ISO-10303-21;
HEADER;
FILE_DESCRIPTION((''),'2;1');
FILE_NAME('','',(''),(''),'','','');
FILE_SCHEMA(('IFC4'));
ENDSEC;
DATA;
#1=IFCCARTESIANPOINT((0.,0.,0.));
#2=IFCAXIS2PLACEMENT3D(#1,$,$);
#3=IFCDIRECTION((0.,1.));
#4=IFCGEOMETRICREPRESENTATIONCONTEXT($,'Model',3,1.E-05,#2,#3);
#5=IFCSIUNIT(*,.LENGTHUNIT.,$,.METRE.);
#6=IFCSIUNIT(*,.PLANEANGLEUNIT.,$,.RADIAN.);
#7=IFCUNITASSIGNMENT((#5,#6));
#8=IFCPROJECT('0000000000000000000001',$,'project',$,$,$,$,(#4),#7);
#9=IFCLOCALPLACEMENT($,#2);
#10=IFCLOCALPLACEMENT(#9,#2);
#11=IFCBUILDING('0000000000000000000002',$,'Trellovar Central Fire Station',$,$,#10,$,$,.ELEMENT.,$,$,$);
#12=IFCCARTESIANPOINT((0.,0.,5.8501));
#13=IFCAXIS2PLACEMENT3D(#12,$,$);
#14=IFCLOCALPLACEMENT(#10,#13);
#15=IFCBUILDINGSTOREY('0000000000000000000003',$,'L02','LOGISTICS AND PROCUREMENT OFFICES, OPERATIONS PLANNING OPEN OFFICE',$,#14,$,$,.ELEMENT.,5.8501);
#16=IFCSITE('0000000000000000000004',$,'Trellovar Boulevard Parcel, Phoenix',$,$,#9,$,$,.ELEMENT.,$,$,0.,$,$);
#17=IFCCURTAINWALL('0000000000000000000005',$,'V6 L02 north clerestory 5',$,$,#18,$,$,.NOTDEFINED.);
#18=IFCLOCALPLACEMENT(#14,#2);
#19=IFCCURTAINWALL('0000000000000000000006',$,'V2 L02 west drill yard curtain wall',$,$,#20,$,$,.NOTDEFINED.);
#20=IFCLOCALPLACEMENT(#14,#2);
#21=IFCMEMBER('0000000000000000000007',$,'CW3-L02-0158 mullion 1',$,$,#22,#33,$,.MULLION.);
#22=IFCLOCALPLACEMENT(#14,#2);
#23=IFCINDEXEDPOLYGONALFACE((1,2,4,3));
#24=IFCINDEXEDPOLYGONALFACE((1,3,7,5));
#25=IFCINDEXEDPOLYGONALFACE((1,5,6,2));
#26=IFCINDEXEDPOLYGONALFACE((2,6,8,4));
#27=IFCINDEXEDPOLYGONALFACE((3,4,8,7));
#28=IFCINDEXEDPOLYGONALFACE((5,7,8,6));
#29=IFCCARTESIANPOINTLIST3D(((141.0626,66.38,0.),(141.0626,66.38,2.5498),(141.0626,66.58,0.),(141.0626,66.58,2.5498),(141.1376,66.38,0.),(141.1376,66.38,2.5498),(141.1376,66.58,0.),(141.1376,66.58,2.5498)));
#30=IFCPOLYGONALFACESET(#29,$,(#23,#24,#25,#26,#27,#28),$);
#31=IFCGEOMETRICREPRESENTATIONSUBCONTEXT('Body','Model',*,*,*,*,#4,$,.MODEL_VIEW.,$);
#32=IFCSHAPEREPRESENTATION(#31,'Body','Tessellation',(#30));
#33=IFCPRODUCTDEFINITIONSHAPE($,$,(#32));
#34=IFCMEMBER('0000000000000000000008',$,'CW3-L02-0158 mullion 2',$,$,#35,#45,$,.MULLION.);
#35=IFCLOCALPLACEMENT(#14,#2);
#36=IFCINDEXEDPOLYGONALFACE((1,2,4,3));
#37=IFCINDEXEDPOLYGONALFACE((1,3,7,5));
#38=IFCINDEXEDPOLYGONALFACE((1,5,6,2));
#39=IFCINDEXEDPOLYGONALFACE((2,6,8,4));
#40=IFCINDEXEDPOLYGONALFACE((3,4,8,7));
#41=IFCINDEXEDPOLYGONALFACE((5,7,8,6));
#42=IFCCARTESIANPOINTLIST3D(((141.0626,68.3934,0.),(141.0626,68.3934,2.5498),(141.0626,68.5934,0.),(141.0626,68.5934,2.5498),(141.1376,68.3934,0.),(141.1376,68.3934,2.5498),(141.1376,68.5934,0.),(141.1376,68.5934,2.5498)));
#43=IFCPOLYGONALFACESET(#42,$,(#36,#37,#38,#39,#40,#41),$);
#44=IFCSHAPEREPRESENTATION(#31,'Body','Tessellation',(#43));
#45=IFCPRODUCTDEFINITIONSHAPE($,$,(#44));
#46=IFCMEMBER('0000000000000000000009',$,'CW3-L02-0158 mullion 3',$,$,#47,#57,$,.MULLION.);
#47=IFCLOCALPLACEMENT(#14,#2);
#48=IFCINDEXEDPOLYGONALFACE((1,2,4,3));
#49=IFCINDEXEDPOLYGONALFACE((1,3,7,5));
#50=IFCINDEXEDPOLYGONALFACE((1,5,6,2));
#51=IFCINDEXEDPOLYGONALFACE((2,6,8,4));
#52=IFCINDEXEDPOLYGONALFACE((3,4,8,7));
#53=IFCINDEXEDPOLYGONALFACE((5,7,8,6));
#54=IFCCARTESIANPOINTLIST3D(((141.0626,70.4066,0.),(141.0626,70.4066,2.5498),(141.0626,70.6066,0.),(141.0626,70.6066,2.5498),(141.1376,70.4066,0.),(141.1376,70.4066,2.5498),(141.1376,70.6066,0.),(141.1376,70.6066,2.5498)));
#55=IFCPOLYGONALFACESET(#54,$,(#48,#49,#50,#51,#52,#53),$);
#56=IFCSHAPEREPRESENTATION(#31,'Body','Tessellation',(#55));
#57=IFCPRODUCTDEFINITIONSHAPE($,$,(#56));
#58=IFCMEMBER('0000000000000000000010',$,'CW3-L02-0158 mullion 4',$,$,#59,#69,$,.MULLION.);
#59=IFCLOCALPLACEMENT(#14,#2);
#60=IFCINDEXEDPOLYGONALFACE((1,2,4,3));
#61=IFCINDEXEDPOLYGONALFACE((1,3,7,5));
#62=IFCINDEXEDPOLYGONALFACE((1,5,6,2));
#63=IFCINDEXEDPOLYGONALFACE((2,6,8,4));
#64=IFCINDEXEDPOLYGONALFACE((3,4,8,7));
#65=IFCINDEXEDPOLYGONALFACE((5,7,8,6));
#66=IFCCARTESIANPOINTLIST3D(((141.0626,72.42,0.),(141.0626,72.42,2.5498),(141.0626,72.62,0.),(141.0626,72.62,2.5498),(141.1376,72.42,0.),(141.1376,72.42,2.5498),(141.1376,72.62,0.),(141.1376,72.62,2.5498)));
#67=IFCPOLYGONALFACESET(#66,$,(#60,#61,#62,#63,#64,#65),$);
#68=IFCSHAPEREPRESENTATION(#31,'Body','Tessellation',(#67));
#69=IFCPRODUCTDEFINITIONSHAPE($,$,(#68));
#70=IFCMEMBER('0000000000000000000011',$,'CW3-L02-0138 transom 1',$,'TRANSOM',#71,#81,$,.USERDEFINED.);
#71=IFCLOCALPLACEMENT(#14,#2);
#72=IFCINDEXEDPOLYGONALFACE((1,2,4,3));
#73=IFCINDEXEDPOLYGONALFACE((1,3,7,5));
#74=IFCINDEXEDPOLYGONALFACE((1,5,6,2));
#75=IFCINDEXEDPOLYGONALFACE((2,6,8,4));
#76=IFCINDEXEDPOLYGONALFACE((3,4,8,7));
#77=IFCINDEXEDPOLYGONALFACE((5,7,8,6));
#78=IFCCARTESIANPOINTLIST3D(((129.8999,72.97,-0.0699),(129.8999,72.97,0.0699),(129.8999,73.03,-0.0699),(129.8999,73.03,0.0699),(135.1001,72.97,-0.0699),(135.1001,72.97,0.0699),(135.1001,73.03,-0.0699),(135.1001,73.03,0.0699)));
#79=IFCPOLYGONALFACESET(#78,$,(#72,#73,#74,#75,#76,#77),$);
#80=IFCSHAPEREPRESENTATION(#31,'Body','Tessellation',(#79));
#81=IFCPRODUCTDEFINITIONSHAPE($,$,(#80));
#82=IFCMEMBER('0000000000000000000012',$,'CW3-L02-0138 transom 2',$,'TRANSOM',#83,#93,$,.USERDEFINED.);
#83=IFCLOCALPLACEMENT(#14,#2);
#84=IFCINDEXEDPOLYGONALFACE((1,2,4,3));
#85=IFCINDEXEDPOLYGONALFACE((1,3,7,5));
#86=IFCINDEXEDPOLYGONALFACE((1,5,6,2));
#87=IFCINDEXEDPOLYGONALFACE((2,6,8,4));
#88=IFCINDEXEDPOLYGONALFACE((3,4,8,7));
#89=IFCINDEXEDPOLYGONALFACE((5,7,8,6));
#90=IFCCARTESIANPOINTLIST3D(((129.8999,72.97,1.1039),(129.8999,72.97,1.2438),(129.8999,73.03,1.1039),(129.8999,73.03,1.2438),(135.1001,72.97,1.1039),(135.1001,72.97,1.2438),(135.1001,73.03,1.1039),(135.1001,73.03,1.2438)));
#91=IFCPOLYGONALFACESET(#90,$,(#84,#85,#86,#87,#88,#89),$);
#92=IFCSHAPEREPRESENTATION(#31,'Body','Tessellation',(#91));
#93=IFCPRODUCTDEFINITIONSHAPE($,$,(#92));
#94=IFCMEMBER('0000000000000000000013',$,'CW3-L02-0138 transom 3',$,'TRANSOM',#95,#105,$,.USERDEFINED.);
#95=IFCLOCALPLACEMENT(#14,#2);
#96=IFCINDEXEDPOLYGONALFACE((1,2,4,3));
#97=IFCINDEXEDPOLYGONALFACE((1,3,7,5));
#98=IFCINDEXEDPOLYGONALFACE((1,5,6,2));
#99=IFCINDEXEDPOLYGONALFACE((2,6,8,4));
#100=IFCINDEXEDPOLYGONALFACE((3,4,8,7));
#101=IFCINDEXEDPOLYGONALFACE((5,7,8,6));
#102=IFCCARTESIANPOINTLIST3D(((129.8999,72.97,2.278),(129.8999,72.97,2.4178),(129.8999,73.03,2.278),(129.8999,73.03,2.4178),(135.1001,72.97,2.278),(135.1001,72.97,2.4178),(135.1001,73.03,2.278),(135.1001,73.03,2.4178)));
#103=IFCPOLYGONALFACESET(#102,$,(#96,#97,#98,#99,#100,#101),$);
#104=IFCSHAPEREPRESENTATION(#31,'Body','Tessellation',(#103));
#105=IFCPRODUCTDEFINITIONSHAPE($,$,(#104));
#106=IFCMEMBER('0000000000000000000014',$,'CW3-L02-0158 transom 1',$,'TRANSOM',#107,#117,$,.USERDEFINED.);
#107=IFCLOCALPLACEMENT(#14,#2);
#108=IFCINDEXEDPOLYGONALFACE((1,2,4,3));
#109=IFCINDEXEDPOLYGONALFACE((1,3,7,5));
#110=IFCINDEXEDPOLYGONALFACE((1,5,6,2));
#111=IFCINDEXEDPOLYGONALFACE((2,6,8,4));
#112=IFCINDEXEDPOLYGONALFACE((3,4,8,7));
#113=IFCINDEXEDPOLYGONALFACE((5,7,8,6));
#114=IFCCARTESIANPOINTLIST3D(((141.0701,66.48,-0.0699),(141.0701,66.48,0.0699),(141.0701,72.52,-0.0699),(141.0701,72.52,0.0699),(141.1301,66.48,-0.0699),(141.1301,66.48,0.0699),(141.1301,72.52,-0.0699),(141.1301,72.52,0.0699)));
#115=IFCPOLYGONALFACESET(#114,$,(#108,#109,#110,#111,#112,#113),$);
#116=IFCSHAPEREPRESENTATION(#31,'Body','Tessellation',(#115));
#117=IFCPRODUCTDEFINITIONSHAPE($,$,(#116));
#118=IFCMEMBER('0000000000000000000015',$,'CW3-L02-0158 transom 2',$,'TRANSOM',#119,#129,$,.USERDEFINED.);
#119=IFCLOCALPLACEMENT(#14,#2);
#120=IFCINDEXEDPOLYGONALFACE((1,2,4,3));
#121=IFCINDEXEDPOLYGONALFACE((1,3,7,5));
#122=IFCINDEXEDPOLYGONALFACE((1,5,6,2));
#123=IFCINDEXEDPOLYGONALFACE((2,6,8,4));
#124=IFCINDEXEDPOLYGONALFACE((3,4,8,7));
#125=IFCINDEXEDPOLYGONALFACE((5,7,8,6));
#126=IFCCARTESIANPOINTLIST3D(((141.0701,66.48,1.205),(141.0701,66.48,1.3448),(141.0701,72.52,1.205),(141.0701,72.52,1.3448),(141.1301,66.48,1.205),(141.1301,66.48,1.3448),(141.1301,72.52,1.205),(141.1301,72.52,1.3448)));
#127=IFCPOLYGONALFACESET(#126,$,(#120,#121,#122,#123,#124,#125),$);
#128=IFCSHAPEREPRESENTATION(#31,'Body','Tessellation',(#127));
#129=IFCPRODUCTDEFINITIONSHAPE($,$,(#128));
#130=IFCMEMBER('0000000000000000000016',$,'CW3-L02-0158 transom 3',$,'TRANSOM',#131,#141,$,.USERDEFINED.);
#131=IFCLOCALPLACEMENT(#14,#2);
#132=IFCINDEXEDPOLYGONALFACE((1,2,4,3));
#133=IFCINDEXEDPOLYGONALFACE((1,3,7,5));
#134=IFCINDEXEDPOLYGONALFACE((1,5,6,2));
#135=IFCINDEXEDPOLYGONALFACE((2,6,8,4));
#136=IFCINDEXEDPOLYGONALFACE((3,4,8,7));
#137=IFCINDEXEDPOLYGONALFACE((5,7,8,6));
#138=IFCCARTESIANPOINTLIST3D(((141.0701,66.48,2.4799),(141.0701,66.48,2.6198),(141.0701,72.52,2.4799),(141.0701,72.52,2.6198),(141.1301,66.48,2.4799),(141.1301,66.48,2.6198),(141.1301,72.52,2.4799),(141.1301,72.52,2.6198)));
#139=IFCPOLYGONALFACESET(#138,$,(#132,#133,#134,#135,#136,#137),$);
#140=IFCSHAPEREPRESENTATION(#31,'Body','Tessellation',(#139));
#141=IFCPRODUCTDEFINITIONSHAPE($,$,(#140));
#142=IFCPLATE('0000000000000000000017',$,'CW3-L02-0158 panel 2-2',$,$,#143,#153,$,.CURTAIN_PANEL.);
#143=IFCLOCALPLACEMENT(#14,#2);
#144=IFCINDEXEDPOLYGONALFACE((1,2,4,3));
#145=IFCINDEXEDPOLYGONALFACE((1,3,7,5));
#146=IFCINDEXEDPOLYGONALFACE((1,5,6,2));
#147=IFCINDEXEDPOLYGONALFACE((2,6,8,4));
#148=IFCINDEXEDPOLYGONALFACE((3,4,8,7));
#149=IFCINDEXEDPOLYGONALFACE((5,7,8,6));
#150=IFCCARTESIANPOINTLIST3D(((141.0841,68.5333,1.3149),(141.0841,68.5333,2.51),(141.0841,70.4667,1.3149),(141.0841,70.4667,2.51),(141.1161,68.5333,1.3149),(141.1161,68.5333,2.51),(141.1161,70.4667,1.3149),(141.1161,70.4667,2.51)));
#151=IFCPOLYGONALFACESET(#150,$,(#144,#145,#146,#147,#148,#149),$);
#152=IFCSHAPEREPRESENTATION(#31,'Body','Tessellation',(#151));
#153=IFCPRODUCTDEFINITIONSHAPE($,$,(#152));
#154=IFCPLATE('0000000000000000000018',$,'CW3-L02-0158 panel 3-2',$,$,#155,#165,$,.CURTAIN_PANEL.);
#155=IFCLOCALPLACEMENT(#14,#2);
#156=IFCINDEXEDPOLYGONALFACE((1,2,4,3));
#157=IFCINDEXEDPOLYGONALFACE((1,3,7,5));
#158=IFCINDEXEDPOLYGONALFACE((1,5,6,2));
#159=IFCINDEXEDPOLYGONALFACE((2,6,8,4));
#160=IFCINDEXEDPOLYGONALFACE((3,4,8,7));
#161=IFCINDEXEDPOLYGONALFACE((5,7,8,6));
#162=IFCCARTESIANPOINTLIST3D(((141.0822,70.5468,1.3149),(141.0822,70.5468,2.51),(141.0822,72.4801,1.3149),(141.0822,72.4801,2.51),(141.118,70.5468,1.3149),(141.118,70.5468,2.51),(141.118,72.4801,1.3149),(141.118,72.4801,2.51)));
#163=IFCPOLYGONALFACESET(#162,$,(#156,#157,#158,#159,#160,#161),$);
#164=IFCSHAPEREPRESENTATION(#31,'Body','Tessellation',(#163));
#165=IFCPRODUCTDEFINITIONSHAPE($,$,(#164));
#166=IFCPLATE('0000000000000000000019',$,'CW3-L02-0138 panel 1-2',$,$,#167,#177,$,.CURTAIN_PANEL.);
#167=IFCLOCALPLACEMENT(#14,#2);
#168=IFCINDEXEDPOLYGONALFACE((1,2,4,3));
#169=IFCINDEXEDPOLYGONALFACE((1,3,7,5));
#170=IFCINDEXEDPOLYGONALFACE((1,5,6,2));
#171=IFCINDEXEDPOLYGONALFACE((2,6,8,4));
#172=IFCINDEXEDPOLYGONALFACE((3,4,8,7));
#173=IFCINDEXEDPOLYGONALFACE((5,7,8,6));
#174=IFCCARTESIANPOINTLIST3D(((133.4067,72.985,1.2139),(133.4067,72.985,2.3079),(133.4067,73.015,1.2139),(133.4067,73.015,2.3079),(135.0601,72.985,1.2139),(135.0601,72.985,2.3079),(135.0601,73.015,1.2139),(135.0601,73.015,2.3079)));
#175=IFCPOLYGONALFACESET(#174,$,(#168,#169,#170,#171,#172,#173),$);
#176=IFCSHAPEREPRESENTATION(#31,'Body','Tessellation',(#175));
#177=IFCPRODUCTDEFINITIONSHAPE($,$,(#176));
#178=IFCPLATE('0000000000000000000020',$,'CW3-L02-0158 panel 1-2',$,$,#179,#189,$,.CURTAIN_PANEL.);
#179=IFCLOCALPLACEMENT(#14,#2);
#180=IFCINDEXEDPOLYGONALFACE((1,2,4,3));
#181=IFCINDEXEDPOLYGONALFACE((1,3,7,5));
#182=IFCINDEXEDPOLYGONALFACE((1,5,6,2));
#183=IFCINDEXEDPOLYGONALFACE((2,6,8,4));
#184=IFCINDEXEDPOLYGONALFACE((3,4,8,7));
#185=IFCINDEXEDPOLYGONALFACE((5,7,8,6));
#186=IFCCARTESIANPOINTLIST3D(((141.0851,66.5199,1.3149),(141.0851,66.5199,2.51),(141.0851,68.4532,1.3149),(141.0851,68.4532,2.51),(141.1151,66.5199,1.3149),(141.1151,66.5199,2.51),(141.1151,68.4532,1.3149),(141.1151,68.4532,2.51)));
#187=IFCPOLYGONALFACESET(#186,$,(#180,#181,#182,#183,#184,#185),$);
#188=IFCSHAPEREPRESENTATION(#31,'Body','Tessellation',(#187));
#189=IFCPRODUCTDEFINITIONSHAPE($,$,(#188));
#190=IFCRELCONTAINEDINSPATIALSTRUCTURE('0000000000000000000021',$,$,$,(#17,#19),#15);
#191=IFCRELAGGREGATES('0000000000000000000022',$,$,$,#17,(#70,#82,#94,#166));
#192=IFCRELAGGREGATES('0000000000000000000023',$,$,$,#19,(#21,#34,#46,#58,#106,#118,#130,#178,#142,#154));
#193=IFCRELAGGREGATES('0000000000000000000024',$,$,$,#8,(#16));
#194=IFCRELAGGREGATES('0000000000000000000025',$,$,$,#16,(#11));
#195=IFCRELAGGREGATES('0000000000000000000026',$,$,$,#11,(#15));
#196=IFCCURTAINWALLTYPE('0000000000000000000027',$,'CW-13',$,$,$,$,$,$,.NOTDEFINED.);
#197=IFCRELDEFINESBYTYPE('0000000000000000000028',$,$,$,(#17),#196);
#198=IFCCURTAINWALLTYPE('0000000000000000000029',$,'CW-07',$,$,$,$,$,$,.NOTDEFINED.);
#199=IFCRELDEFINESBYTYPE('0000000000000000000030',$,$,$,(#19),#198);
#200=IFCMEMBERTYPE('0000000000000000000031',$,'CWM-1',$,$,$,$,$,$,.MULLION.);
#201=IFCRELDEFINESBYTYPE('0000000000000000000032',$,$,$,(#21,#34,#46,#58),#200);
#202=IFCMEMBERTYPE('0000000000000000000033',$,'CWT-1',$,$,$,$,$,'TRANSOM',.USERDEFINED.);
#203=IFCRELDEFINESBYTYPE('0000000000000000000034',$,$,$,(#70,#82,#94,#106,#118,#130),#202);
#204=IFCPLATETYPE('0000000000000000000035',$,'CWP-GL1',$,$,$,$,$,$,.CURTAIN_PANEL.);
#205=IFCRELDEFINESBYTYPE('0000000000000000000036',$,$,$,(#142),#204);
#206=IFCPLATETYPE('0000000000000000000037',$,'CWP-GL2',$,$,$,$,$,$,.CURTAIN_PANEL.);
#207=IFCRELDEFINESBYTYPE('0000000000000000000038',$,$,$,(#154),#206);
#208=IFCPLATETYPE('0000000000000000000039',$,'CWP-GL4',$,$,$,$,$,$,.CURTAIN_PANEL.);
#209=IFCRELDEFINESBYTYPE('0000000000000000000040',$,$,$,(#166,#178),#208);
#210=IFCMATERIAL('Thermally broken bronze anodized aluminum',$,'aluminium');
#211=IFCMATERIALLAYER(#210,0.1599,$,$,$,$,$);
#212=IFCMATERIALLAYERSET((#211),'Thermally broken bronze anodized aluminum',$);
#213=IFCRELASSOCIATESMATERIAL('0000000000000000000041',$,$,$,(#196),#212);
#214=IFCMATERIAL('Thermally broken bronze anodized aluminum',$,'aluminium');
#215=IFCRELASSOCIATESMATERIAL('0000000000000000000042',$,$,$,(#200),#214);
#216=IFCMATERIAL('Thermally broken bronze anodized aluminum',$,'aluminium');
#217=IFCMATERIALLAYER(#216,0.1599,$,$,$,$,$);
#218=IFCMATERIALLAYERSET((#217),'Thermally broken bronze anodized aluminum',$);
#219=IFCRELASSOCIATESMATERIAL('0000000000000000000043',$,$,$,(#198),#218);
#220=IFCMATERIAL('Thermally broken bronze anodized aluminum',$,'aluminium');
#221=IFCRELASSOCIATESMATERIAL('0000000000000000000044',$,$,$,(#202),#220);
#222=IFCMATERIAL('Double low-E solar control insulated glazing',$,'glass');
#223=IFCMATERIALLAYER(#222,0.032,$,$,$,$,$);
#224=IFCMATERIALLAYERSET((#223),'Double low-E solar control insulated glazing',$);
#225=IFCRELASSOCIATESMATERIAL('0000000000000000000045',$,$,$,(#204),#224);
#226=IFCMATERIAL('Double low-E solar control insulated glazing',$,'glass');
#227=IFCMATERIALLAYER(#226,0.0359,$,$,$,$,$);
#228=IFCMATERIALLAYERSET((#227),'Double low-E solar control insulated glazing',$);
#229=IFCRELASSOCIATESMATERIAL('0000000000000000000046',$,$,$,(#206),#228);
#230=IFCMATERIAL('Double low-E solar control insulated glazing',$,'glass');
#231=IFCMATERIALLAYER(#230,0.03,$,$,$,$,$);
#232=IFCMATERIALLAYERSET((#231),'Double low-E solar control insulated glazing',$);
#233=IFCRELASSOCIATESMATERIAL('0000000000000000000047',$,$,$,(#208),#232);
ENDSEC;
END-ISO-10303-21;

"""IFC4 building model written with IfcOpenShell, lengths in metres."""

from ifc_helpers import new_model, si_unit, direction, frame, origin, origin_2d, place, context, subcontext, project, spatial, rectangle, extrude, material, layer, layer_set, material_profile, profile_set, type_object, element, aggregate, save


model = new_model("IFC4")

# Units and contexts
model_context = context("Model", 3, precision=1e-05, world=origin(), true_north=direction((0.0, 1.0)))
body_context = subcontext(model_context, "Body", "Model", "MODEL_VIEW")
ifc_project = project(units=[si_unit("LENGTHUNIT", "METRE"), si_unit("PLANEANGLEUNIT", "RADIAN")], contexts=[model_context])

# Site, building, storey
site_placement = place(None, origin())
site = spatial("IfcSite", under=ifc_project, at=site_placement, Name="Trellovar Boulevard Parcel, Phoenix", CompositionType="ELEMENT", RefElevation=0.0)
building_placement = place(site_placement, origin())
building = spatial("IfcBuilding", under=site, at=building_placement, Name="Trellovar Central Fire Station", CompositionType="ELEMENT")
storey_placement = place(building_placement, frame((0.0, 0.0, 5.8501)))
storey = spatial("IfcBuildingStorey", under=building, at=storey_placement, Name="L02", Description="LOGISTICS AND PROCUREMENT OFFICES, OPERATIONS PLANNING OPEN OFFICE", CompositionType="ELEMENT", Elevation=5.8501)

# Curtain walls, members
ifc_material_1 = material(Name="Thermally broken bronze anodized aluminum", Category="aluminium")
ifc_layer_1 = layer(ifc_material_1, 0.1599)
ifc_layer_set_1 = layer_set([ifc_layer_1], Name="Thermally broken bronze anodized aluminum")
curtain_wall_type_1 = type_object("IfcCurtainWallType", Name="CW-13", PredefinedType="NOTDEFINED", material=ifc_layer_set_1)
curtain_wall_1_placement = place(storey_placement, origin())
curtain_wall_1 = element("IfcCurtainWall", 1, at=curtain_wall_1_placement, inside=storey, type_object=curtain_wall_type_1, Name="V6 L02 north clerestory 5", PredefinedType="NOTDEFINED")
ifc_material_2 = material(Name="Thermally broken bronze anodized aluminum", Category="aluminium")
ifc_material_profile_1 = material_profile(ifc_material_2, rectangle(XDim=0.075, YDim=0.2, at=origin_2d()), Name="ALU75X200")
ifc_profile_set_1 = profile_set([ifc_material_profile_1], Name="Thermally broken bronze anodized aluminum")
member_type_1 = type_object("IfcMemberType", Name="CWM-1", PredefinedType="MULLION", material=ifc_profile_set_1)
ifc_material_3 = material(Name="Thermally broken bronze anodized aluminum", Category="aluminium")
ifc_layer_2 = layer(ifc_material_3, 0.1599)
ifc_layer_set_2 = layer_set([ifc_layer_2], Name="Thermally broken bronze anodized aluminum")
curtain_wall_type_2 = type_object("IfcCurtainWallType", Name="CW-07", PredefinedType="NOTDEFINED", material=ifc_layer_set_2)
curtain_wall_2_placement = place(storey_placement, origin())
curtain_wall_2 = element("IfcCurtainWall", 2, at=curtain_wall_2_placement, inside=storey, type_object=curtain_wall_type_2, Name="V2 L02 west drill yard curtain wall", PredefinedType="NOTDEFINED")
member_1_placement = place(storey_placement, frame((141.1001, 66.48, 0.0), z_axis=(0.0, 0.0, 1.0), x_axis=(1.0, 0.0, 0.0)))
member_1 = element("IfcMember", 3, at=member_1_placement, type_object=member_type_1, Name="CW3-L02-0158 mullion 1", PredefinedType="MULLION", context=body_context, shape_type="SweptSolid", body=[
    extrude(rectangle(XDim=0.075, YDim=0.2, at=origin_2d()), origin(), (0.0, 0.0, 1.0), 2.5498),
])
member_2_placement = place(storey_placement, frame((141.1001, 68.4934, 0.0), z_axis=(0.0, 0.0, 1.0), x_axis=(1.0, 0.0, 0.0)))
member_2 = element("IfcMember", 4, at=member_2_placement, type_object=member_type_1, Name="CW3-L02-0158 mullion 2", PredefinedType="MULLION", context=body_context, shape_type="SweptSolid", body=[
    extrude(rectangle(XDim=0.075, YDim=0.2, at=origin_2d()), origin(), (0.0, 0.0, 1.0), 2.5498),
])
member_3_placement = place(storey_placement, frame((141.1001, 70.5066, 0.0), z_axis=(0.0, 0.0, 1.0), x_axis=(1.0, 0.0, 0.0)))
member_3 = element("IfcMember", 5, at=member_3_placement, type_object=member_type_1, Name="CW3-L02-0158 mullion 3", PredefinedType="MULLION", context=body_context, shape_type="SweptSolid", body=[
    extrude(rectangle(XDim=0.075, YDim=0.2, at=origin_2d()), origin(), (0.0, 0.0, 1.0), 2.5498),
])
member_4_placement = place(storey_placement, frame((141.1001, 72.52, 0.0), z_axis=(0.0, 0.0, 1.0), x_axis=(1.0, 0.0, 0.0)))
member_4 = element("IfcMember", 6, at=member_4_placement, type_object=member_type_1, Name="CW3-L02-0158 mullion 4", PredefinedType="MULLION", context=body_context, shape_type="SweptSolid", body=[
    extrude(rectangle(XDim=0.075, YDim=0.2, at=origin_2d()), origin(), (0.0, 0.0, 1.0), 2.5498),
])

# Members
ifc_material_4 = material(Name="Thermally broken bronze anodized aluminum", Category="aluminium")
ifc_material_profile_2 = material_profile(ifc_material_4, rectangle(XDim=0.0601, YDim=0.1399, at=origin_2d()), Name="ALU60X140")
ifc_profile_set_2 = profile_set([ifc_material_profile_2], Name="Thermally broken bronze anodized aluminum")
member_type_2 = type_object("IfcMemberType", Name="CWT-1", ElementType="TRANSOM", PredefinedType="USERDEFINED", material=ifc_profile_set_2)
member_5_placement = place(storey_placement, frame((135.1001, 73.0, 0.0), z_axis=(-1.0, 0.0, 0.0), x_axis=(0.0, -1.0, 0.0)))
member_5 = element("IfcMember", 7, at=member_5_placement, type_object=member_type_2, Name="CW3-L02-0138 transom 1", ObjectType="TRANSOM", PredefinedType="USERDEFINED", context=body_context, shape_type="SweptSolid", body=[
    extrude(rectangle(XDim=0.0601, YDim=0.1399, at=origin_2d()), origin(), (0.0, 0.0, 1.0), 5.2002),
])
member_6_placement = place(storey_placement, frame((135.1001, 73.0, 1.1738), z_axis=(-1.0, 0.0, 0.0), x_axis=(0.0, -1.0, 0.0)))
member_6 = element("IfcMember", 8, at=member_6_placement, type_object=member_type_2, Name="CW3-L02-0138 transom 2", ObjectType="TRANSOM", PredefinedType="USERDEFINED", context=body_context, shape_type="SweptSolid", body=[
    extrude(rectangle(XDim=0.0601, YDim=0.1399, at=origin_2d()), origin(), (0.0, 0.0, 1.0), 5.2002),
])
member_7_placement = place(storey_placement, frame((135.1001, 73.0, 2.3479), z_axis=(-1.0, 0.0, 0.0), x_axis=(0.0, -1.0, 0.0)))
member_7 = element("IfcMember", 9, at=member_7_placement, type_object=member_type_2, Name="CW3-L02-0138 transom 3", ObjectType="TRANSOM", PredefinedType="USERDEFINED", context=body_context, shape_type="SweptSolid", body=[
    extrude(rectangle(XDim=0.0601, YDim=0.1399, at=origin_2d()), origin(), (0.0, 0.0, 1.0), 5.2002),
])
member_8_placement = place(storey_placement, frame((141.1001, 66.48, 0.0), z_axis=(0.0, 1.0, 0.0), x_axis=(-1.0, 0.0, 0.0)))
member_8 = element("IfcMember", 10, at=member_8_placement, type_object=member_type_2, Name="CW3-L02-0158 transom 1", ObjectType="TRANSOM", PredefinedType="USERDEFINED", context=body_context, shape_type="SweptSolid", body=[
    extrude(rectangle(XDim=0.0601, YDim=0.1399, at=origin_2d()), origin(), (0.0, 0.0, 1.0), 6.04),
])
member_9_placement = place(storey_placement, frame((141.1001, 66.48, 1.2749), z_axis=(0.0, 1.0, 0.0), x_axis=(-1.0, 0.0, 0.0)))
member_9 = element("IfcMember", 11, at=member_9_placement, type_object=member_type_2, Name="CW3-L02-0158 transom 2", ObjectType="TRANSOM", PredefinedType="USERDEFINED", context=body_context, shape_type="SweptSolid", body=[
    extrude(rectangle(XDim=0.0601, YDim=0.1399, at=origin_2d()), origin(), (0.0, 0.0, 1.0), 6.04),
])
member_10_placement = place(storey_placement, frame((141.1001, 66.48, 2.5498), z_axis=(0.0, 1.0, 0.0), x_axis=(-1.0, 0.0, 0.0)))
member_10 = element("IfcMember", 12, at=member_10_placement, type_object=member_type_2, Name="CW3-L02-0158 transom 3", ObjectType="TRANSOM", PredefinedType="USERDEFINED", context=body_context, shape_type="SweptSolid", body=[
    extrude(rectangle(XDim=0.0601, YDim=0.1399, at=origin_2d()), origin(), (0.0, 0.0, 1.0), 6.04),
])

# Plates
ifc_material_5 = material(Name="Double low-E solar control insulated glazing", Category="glass")
ifc_layer_3 = layer(ifc_material_5, 0.032)
ifc_layer_set_3 = layer_set([ifc_layer_3], Name="Double low-E solar control insulated glazing")
plate_type_1 = type_object("IfcPlateType", Name="CWP-GL1", PredefinedType="CURTAIN_PANEL", material=ifc_layer_set_3)
plate_1_placement = place(storey_placement, frame((141.1001, 69.5, 1.3149), z_axis=(0.0, 0.0, 1.0), x_axis=(0.0, 1.0, 0.0)))
plate_1 = element("IfcPlate", 13, at=plate_1_placement, type_object=plate_type_1, Name="CW3-L02-0158 panel 2-2", PredefinedType="CURTAIN_PANEL", context=body_context, shape_type="SweptSolid", body=[
    extrude(rectangle(XDim=1.9333, YDim=0.032, at=origin_2d()), origin(), (0.0, 0.0, 1.0), 1.1951),
])
ifc_material_6 = material(Name="Double low-E solar control insulated glazing", Category="glass")
ifc_layer_4 = layer(ifc_material_6, 0.0359)
ifc_layer_set_4 = layer_set([ifc_layer_4], Name="Double low-E solar control insulated glazing")
plate_type_2 = type_object("IfcPlateType", Name="CWP-GL2", PredefinedType="CURTAIN_PANEL", material=ifc_layer_set_4)
plate_2_placement = place(storey_placement, frame((141.1001, 71.5134, 1.3149), z_axis=(0.0, 0.0, 1.0), x_axis=(0.0, 1.0, 0.0)))
plate_2 = element("IfcPlate", 14, at=plate_2_placement, type_object=plate_type_2, Name="CW3-L02-0158 panel 3-2", PredefinedType="CURTAIN_PANEL", context=body_context, shape_type="SweptSolid", body=[
    extrude(rectangle(XDim=1.9333, YDim=0.0359, at=origin_2d()), origin(), (0.0, 0.0, 1.0), 1.1951),
])
ifc_material_7 = material(Name="Double low-E solar control insulated glazing", Category="glass")
ifc_layer_5 = layer(ifc_material_7, 0.03)
ifc_layer_set_5 = layer_set([ifc_layer_5], Name="Double low-E solar control insulated glazing")
plate_type_3 = type_object("IfcPlateType", Name="CWP-GL4", PredefinedType="CURTAIN_PANEL", material=ifc_layer_set_5)
plate_3_placement = place(storey_placement, frame((134.2334, 73.0, 1.2139), z_axis=(0.0, 0.0, 1.0), x_axis=(-1.0, 0.0, 0.0)))
plate_3 = element("IfcPlate", 15, at=plate_3_placement, type_object=plate_type_3, Name="CW3-L02-0138 panel 1-2", PredefinedType="CURTAIN_PANEL", context=body_context, shape_type="SweptSolid", body=[
    extrude(rectangle(XDim=1.6533, YDim=0.03, at=origin_2d()), origin(), (0.0, 0.0, 1.0), 1.094),
])
plate_4_placement = place(storey_placement, frame((141.1001, 67.4866, 1.3149), z_axis=(0.0, 0.0, 1.0), x_axis=(0.0, 1.0, 0.0)))
plate_4 = element("IfcPlate", 16, at=plate_4_placement, type_object=plate_type_3, Name="CW3-L02-0158 panel 1-2", PredefinedType="CURTAIN_PANEL", context=body_context, shape_type="SweptSolid", body=[
    extrude(rectangle(XDim=1.9333, YDim=0.03, at=origin_2d()), origin(), (0.0, 0.0, 1.0), 1.1951),
])
aggregate(curtain_wall_1, [member_5, member_6, member_7, plate_3])
aggregate(curtain_wall_2, [member_1, member_2, member_3, member_4, member_8, member_9, member_10, plate_4, plate_1, plate_2])

save(model, "model.ifc")
